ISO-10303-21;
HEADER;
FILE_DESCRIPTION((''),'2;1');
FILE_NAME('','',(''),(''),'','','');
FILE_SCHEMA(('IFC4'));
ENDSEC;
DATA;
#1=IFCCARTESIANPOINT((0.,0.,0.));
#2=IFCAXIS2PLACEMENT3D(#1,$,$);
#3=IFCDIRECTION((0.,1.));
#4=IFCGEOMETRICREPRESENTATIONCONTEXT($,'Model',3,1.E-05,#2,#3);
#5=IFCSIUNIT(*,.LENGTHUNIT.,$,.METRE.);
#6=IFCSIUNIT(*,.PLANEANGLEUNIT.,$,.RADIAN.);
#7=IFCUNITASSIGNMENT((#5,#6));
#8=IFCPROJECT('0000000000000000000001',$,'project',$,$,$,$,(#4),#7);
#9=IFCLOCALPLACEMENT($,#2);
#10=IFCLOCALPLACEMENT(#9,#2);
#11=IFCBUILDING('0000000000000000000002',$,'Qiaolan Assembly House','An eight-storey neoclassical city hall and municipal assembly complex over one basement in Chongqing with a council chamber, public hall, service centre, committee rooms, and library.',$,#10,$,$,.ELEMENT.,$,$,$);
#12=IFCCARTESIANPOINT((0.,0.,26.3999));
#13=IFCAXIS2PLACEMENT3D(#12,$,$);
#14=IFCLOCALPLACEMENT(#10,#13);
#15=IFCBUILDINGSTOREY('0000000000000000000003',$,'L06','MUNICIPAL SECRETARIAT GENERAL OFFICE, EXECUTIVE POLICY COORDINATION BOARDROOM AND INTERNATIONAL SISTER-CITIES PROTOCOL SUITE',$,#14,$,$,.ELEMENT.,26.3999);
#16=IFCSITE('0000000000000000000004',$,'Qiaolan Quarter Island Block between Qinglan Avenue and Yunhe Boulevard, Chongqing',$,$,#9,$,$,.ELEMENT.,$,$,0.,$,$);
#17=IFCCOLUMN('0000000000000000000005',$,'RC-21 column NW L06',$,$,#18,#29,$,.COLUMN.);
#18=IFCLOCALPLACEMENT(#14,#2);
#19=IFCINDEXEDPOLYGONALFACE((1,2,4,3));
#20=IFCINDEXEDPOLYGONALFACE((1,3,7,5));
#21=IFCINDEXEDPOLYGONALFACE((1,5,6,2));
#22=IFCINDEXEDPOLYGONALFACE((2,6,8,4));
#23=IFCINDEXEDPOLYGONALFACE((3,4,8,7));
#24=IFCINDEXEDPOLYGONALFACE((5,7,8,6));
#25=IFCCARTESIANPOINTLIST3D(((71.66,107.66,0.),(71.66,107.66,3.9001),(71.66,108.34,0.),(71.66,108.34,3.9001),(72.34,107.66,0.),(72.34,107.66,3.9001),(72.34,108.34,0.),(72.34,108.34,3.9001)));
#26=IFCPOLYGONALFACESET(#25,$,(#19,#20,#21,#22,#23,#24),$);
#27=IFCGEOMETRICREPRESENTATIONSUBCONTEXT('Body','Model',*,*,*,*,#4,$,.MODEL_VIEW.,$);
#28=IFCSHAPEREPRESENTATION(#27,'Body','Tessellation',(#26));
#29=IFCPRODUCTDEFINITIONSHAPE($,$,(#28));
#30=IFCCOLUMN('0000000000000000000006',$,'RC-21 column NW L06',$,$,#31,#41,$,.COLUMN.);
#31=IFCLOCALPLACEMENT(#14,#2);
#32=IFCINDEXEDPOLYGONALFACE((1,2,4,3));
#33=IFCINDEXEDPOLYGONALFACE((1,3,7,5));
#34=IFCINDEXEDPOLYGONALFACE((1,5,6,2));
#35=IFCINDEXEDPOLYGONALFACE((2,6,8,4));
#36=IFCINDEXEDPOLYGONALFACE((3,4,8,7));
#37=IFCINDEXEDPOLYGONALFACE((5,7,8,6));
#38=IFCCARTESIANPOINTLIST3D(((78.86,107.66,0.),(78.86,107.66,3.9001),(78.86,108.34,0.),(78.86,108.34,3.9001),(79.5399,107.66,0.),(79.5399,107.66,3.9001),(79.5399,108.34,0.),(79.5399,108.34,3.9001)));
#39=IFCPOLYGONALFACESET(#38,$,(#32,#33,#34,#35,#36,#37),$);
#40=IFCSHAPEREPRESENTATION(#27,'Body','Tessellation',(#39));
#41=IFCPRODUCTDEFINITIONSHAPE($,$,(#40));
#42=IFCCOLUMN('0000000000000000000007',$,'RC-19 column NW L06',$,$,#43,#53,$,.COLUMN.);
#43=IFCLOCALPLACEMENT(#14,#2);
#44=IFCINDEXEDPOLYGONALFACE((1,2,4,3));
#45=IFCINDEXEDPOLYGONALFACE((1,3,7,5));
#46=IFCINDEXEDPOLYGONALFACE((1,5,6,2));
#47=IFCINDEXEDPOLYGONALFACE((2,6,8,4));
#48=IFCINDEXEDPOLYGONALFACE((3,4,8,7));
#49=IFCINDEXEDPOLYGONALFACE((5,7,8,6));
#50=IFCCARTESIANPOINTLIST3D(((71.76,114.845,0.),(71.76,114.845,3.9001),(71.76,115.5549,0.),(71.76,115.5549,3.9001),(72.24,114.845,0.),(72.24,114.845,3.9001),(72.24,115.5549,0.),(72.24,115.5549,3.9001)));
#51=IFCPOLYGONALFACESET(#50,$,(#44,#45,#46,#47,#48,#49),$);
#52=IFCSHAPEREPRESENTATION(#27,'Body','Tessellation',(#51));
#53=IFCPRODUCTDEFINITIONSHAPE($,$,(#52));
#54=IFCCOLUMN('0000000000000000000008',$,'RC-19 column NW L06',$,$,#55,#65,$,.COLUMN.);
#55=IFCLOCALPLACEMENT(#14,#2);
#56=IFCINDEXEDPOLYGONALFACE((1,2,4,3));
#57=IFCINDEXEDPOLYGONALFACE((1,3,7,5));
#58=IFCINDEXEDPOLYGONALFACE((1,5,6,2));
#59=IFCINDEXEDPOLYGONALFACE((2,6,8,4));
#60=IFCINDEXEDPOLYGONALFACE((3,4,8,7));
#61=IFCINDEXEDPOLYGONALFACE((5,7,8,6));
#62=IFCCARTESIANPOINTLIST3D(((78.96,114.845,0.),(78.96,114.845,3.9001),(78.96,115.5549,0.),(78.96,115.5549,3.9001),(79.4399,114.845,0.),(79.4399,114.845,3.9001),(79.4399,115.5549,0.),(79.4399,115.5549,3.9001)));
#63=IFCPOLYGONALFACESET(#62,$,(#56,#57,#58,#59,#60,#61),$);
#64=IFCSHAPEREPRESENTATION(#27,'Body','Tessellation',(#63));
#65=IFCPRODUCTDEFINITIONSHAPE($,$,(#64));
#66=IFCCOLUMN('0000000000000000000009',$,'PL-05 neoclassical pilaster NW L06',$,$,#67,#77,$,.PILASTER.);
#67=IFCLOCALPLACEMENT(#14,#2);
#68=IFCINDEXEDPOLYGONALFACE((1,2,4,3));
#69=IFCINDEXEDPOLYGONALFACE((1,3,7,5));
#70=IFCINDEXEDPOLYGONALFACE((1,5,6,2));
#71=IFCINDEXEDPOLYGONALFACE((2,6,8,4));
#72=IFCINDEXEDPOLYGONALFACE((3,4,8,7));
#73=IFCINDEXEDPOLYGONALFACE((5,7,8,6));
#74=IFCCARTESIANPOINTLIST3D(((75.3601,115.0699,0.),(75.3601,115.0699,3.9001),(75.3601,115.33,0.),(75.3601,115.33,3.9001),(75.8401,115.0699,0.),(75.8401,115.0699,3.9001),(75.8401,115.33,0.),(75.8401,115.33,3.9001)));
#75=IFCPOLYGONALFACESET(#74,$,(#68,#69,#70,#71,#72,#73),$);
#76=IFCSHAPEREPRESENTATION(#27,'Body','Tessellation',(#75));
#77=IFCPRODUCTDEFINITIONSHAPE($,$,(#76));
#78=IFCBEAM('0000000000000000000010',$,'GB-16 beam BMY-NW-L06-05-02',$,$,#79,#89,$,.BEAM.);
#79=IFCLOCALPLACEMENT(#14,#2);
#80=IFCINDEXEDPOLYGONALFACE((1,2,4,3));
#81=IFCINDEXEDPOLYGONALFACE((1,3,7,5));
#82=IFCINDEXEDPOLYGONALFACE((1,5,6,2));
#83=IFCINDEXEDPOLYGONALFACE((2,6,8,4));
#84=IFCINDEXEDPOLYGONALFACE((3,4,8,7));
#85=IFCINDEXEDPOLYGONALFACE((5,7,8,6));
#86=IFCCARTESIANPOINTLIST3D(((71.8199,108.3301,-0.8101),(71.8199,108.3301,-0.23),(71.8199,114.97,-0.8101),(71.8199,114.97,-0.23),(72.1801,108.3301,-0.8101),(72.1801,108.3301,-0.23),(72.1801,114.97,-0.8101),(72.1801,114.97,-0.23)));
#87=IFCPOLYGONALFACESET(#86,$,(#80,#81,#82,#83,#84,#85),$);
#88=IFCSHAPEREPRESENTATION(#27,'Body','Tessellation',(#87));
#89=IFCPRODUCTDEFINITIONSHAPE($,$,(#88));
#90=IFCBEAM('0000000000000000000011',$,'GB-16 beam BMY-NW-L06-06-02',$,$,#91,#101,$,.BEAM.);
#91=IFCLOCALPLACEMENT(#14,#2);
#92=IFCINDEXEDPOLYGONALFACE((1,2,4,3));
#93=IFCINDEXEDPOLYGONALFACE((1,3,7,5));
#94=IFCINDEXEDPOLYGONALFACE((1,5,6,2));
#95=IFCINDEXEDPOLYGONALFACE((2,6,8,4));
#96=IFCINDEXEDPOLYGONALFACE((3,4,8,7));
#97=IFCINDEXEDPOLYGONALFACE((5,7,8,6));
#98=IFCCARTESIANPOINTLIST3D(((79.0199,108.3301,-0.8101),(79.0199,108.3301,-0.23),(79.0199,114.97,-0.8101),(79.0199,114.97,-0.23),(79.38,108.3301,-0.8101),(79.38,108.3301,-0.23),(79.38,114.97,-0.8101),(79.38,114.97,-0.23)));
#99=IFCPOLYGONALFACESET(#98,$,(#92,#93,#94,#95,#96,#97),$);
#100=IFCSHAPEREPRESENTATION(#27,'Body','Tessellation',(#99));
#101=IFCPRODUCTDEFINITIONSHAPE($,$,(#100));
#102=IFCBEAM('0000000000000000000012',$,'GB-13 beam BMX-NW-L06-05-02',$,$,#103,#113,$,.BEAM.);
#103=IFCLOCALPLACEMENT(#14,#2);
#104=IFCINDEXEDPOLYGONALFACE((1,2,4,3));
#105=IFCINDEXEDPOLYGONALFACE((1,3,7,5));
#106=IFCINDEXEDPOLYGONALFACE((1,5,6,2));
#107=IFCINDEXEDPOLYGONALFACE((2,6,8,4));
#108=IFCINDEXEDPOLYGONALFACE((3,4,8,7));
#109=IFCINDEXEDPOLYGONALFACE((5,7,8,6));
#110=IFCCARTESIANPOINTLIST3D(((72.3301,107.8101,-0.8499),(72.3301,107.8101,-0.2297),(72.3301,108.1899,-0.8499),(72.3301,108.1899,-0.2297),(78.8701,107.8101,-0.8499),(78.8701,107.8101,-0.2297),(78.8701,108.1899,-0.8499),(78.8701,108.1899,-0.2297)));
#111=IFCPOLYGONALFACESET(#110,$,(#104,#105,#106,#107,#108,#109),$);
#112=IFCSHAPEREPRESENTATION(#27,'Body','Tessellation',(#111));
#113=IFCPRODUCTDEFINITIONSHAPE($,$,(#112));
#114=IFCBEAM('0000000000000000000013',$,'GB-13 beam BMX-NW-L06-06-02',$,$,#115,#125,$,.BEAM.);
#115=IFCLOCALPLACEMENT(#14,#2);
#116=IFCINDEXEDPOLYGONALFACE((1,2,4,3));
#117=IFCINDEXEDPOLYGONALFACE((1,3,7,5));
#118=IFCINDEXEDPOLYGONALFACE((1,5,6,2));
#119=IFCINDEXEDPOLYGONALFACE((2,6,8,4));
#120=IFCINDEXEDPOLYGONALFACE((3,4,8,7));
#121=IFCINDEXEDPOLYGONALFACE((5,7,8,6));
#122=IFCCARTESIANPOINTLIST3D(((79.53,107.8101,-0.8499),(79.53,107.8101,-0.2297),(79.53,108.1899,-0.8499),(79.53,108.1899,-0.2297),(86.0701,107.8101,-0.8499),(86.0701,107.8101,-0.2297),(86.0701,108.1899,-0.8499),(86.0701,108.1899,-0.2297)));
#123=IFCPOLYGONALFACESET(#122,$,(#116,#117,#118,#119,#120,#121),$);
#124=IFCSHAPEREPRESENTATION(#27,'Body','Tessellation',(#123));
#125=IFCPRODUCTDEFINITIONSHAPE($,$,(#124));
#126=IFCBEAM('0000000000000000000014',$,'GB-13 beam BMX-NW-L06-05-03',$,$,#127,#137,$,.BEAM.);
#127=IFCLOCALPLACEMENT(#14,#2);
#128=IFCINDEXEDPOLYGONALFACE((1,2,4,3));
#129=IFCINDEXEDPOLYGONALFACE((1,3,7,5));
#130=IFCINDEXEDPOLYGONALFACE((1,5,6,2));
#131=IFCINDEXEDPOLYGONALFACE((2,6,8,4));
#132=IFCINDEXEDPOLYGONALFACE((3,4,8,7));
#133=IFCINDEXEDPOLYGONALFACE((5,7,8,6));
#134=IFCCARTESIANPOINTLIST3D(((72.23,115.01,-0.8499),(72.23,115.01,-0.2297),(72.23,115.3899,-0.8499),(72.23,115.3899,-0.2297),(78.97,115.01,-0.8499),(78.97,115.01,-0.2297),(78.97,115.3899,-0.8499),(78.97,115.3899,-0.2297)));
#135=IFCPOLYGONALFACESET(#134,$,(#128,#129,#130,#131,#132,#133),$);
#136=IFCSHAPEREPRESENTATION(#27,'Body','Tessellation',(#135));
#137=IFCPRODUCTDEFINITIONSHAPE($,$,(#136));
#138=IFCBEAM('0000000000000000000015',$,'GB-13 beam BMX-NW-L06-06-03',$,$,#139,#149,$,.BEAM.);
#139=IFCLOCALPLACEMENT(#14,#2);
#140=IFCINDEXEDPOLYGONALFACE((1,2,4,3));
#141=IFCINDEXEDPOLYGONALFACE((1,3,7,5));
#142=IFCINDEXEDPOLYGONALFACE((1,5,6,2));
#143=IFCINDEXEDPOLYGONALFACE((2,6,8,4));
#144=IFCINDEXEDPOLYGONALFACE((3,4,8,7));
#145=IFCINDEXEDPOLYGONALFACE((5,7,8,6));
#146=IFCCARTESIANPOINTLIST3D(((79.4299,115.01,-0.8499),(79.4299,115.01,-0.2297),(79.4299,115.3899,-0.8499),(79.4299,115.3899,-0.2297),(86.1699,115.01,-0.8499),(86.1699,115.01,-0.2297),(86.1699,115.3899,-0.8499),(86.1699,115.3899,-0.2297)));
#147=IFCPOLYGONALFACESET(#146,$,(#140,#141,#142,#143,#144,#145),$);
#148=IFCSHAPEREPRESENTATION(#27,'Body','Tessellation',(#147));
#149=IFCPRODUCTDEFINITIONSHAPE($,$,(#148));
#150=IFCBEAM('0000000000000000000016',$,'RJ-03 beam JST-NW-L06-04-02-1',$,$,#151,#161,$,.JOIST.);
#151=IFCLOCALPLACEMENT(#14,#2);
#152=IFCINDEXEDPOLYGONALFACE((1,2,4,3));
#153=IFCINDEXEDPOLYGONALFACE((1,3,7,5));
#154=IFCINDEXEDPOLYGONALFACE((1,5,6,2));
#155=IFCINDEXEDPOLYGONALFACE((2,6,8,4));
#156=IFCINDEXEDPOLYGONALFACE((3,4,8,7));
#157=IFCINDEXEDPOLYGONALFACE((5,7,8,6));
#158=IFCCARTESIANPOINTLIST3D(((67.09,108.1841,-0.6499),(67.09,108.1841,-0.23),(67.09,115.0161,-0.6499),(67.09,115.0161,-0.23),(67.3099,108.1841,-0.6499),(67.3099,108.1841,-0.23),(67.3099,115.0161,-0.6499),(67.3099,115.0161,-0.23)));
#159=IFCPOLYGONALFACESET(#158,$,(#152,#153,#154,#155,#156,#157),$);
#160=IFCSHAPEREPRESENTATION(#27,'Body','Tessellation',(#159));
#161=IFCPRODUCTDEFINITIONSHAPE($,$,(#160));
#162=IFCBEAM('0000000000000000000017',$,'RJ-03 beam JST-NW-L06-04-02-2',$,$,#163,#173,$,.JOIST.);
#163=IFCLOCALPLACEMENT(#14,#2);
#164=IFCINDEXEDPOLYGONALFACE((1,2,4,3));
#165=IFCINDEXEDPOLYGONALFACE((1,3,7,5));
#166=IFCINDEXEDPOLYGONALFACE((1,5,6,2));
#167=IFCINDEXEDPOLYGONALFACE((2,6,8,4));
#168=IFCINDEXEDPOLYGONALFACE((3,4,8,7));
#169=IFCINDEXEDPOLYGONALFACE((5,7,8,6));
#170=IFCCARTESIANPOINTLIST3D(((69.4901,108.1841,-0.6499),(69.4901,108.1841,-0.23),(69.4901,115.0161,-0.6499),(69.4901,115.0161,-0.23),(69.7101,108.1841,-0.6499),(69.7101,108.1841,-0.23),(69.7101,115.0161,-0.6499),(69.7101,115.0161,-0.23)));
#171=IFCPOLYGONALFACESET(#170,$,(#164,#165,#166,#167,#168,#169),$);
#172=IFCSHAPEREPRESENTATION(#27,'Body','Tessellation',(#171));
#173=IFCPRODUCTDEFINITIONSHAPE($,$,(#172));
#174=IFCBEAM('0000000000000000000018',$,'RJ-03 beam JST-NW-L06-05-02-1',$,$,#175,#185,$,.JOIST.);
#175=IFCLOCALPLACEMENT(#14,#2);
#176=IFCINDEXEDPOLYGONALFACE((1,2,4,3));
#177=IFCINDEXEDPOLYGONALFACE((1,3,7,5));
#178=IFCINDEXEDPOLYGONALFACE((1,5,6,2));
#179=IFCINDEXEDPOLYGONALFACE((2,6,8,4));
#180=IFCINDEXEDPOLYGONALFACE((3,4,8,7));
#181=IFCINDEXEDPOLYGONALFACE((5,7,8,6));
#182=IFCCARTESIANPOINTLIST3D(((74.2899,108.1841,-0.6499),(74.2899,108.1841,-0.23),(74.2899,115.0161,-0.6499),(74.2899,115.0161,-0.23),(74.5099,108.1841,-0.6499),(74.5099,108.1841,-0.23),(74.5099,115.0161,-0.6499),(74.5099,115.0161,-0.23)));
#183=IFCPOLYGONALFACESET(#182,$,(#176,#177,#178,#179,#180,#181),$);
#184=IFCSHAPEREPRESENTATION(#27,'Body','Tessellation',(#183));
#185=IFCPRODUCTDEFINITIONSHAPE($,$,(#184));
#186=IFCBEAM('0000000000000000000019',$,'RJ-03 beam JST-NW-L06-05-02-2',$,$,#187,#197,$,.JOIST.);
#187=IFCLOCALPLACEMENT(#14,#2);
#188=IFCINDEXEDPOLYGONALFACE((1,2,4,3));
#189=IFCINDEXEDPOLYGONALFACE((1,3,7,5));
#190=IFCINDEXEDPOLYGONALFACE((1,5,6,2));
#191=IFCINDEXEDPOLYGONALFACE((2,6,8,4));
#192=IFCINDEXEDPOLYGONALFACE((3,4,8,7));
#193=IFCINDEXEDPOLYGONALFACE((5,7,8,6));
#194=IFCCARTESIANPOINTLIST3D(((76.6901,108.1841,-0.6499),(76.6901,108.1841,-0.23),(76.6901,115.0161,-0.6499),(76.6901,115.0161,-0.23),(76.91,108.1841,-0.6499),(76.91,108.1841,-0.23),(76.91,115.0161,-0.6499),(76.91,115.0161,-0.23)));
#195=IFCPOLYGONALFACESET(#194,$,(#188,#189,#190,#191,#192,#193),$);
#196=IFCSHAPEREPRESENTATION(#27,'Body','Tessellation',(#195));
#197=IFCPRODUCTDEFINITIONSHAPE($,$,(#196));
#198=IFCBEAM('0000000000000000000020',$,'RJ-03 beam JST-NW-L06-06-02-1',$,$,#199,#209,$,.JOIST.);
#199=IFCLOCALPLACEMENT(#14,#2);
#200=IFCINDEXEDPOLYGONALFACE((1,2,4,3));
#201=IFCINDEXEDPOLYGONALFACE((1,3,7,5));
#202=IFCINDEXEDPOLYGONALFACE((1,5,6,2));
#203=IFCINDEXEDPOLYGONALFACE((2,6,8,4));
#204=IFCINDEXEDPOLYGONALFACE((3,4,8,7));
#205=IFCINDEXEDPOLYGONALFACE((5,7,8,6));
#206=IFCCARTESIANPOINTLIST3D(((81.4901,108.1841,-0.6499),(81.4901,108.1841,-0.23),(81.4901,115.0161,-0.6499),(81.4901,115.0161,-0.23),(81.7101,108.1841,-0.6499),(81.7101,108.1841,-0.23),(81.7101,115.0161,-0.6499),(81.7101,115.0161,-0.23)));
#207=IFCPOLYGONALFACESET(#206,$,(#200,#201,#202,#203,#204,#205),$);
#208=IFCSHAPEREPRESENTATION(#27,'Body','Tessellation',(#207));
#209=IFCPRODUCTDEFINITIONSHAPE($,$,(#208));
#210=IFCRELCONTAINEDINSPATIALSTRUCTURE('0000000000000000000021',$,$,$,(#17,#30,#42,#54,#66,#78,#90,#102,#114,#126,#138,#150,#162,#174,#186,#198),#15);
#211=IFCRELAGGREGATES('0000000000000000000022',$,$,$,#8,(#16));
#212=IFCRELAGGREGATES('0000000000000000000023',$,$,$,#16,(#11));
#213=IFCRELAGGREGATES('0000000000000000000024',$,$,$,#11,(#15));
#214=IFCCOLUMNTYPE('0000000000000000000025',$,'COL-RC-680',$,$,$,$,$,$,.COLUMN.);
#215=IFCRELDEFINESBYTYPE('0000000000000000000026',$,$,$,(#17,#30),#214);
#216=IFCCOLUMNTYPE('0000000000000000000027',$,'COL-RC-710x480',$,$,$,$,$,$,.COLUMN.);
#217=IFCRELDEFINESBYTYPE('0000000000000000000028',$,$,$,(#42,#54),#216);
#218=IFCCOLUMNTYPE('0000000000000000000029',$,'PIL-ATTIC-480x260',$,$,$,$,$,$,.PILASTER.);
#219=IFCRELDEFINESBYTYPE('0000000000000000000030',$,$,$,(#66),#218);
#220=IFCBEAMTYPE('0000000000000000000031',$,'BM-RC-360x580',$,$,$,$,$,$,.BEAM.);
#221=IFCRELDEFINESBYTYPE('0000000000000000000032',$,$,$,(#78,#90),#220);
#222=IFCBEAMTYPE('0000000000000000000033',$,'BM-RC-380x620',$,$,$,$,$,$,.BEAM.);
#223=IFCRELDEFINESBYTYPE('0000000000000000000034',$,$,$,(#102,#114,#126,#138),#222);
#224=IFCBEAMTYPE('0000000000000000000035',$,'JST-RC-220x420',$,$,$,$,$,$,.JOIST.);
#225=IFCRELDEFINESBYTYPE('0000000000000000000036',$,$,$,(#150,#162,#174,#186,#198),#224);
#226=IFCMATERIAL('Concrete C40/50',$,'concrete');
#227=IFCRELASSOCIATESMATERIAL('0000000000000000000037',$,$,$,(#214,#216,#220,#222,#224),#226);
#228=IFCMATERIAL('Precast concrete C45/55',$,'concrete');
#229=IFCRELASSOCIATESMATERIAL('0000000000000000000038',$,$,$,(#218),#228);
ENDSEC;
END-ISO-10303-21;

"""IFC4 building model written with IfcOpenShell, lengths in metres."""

from ifc_helpers import new_model, si_unit, direction, frame, origin, origin_2d, place, context, subcontext, project, spatial, rectangle, extrude, material, material_profile, profile_set, type_object, element, save


model = new_model("IFC4")

# Units and contexts
model_context = context("Model", 3, precision=1e-05, world=origin(), true_north=direction((0.0, 1.0)))
body_context = subcontext(model_context, "Body", "Model", "MODEL_VIEW")
ifc_project = project(units=[si_unit("LENGTHUNIT", "METRE"), si_unit("PLANEANGLEUNIT", "RADIAN")], contexts=[model_context])

# Site, building, storey
site_placement = place(None, origin())
site = spatial("IfcSite", under=ifc_project, at=site_placement, Name="Qiaolan Quarter Island Block between Qinglan Avenue and Yunhe Boulevard, Chongqing", CompositionType="ELEMENT", RefElevation=0.0)
building_placement = place(site_placement, origin())
building = spatial("IfcBuilding", under=site, at=building_placement, Name="Qiaolan Assembly House", Description="An eight-storey neoclassical city hall and municipal assembly complex over one basement in Chongqing with a council chamber, public hall, service centre, committee rooms, and library.", CompositionType="ELEMENT")
storey_placement = place(building_placement, frame((0.0, 0.0, 26.3999)))
storey = spatial("IfcBuildingStorey", under=building, at=storey_placement, Name="L06", Description="MUNICIPAL SECRETARIAT GENERAL OFFICE, EXECUTIVE POLICY COORDINATION BOARDROOM AND INTERNATIONAL SISTER-CITIES PROTOCOL SUITE", CompositionType="ELEMENT", Elevation=26.3999)

# Columns
ifc_material_1 = material(Name="Concrete C40/50", Category="concrete")
ifc_material_profile_1 = material_profile(ifc_material_1, rectangle(XDim=0.6799, YDim=0.6799, at=origin_2d()), Name="RC 680x680")
ifc_profile_set_1 = profile_set([ifc_material_profile_1], Name="Concrete C40/50")
column_type_1 = type_object("IfcColumnType", Name="COL-RC-680", PredefinedType="COLUMN", material=ifc_profile_set_1)
for number, where, z_axis, x_axis, name in (
    (1, (72.0, 108.0, 0.0), (0.0, 0.0, 1.0), (1.0, 0.0, 0.0), "RC-21 column NW L06"),
    (2, (79.2, 108.0, 0.0), (0.0, 0.0, 1.0), (1.0, 0.0, 0.0), "RC-21 column NW L06"),
):
    element("IfcColumn", number, at=place(storey_placement, frame(where, z_axis=z_axis, x_axis=x_axis)), inside=storey, type_object=column_type_1, Name=name, PredefinedType="COLUMN", context=body_context, shape_type="SweptSolid", body=[
        extrude(rectangle(XDim=0.6799, YDim=0.6799, at=origin_2d()), origin(), (0.0, 0.0, 1.0), 3.9001),
    ])
ifc_material_profile_2 = material_profile(ifc_material_1, rectangle(XDim=0.48, YDim=0.71, at=origin_2d()), Name="RC 710x480")
ifc_profile_set_2 = profile_set([ifc_material_profile_2], Name="Concrete C40/50")
column_type_2 = type_object("IfcColumnType", Name="COL-RC-710x480", PredefinedType="COLUMN", material=ifc_profile_set_2)
for number, where, z_axis, x_axis, name in (
    (3, (72.0, 115.2, 0.0), (0.0, 0.0, 1.0), (1.0, 0.0, 0.0), "RC-19 column NW L06"),
    (4, (79.2, 115.2, 0.0), (0.0, 0.0, 1.0), (1.0, 0.0, 0.0), "RC-19 column NW L06"),
):
    element("IfcColumn", number, at=place(storey_placement, frame(where, z_axis=z_axis, x_axis=x_axis)), inside=storey, type_object=column_type_2, Name=name, PredefinedType="COLUMN", context=body_context, shape_type="SweptSolid", body=[
        extrude(rectangle(XDim=0.48, YDim=0.71, at=origin_2d()), origin(), (0.0, 0.0, 1.0), 3.9001),
    ])
ifc_material_2 = material(Name="Precast concrete C45/55", Category="concrete")
ifc_material_profile_3 = material_profile(ifc_material_2, rectangle(XDim=0.48, YDim=0.26, at=origin_2d()), Name="PIL 480x260")
ifc_profile_set_3 = profile_set([ifc_material_profile_3], Name="Precast concrete C45/55")
column_type_3 = type_object("IfcColumnType", Name="PIL-ATTIC-480x260", PredefinedType="PILASTER", material=ifc_profile_set_3)
column_placement = place(storey_placement, frame((75.6001, 115.2, 0.0), z_axis=(0.0, 0.0, 1.0), x_axis=(1.0, 0.0, 0.0)))
element("IfcColumn", 5, at=column_placement, inside=storey, type_object=column_type_3, Name="PL-05 neoclassical pilaster NW L06", PredefinedType="PILASTER", context=body_context, shape_type="SweptSolid", body=[
    extrude(rectangle(XDim=0.48, YDim=0.26, at=origin_2d()), origin(), (0.0, 0.0, 1.0), 3.9001),
])

# Beams
ifc_material_profile_4 = material_profile(ifc_material_1, rectangle(XDim=0.3601, YDim=0.5801, at=origin_2d()), Name="RCB 360x580")
ifc_profile_set_4 = profile_set([ifc_material_profile_4], Name="Concrete C40/50")
beam_type_1 = type_object("IfcBeamType", Name="BM-RC-360x580", PredefinedType="BEAM", material=ifc_profile_set_4)
for number, where, z_axis, x_axis, name in (
    (6, (72.0, 108.3301, -0.52), (0.0, 1.0, 0.0), (-1.0, 0.0, 0.0), "GB-16 beam BMY-NW-L06-05-02"),
    (7, (79.2, 108.3301, -0.52), (0.0, 1.0, 0.0), (-1.0, 0.0, 0.0), "GB-16 beam BMY-NW-L06-06-02"),
):
    element("IfcBeam", number, at=place(storey_placement, frame(where, z_axis=z_axis, x_axis=x_axis)), inside=storey, type_object=beam_type_1, Name=name, PredefinedType="BEAM", context=body_context, shape_type="SweptSolid", body=[
        extrude(rectangle(XDim=0.3601, YDim=0.5801, at=origin_2d()), origin(), (0.0, 0.0, 1.0), 6.6399),
    ])
ifc_material_profile_5 = material_profile(ifc_material_1, rectangle(XDim=0.3799, YDim=0.6201, at=origin_2d()), Name="RCB 380x620")
ifc_profile_set_5 = profile_set([ifc_material_profile_5], Name="Concrete C40/50")
beam_type_2 = type_object("IfcBeamType", Name="BM-RC-380x620", PredefinedType="BEAM", material=ifc_profile_set_5)
for number, where, z_axis, x_axis, name in (
    (8, (72.3301, 108.0, -0.5398), (1.0, 0.0, 0.0), (0.0, 1.0, 0.0), "GB-13 beam BMX-NW-L06-05-02"),
    (9, (79.53, 108.0, -0.5398), (1.0, 0.0, 0.0), (0.0, 1.0, 0.0), "GB-13 beam BMX-NW-L06-06-02"),
):
    element("IfcBeam", number, at=place(storey_placement, frame(where, z_axis=z_axis, x_axis=x_axis)), inside=storey, type_object=beam_type_2, Name=name, PredefinedType="BEAM", context=body_context, shape_type="SweptSolid", body=[
        extrude(rectangle(XDim=0.3799, YDim=0.6201, at=origin_2d()), origin(), (0.0, 0.0, 1.0), 6.54),
    ])
for number, where, z_axis, x_axis, name in (
    (10, (72.23, 115.2, -0.5398), (1.0, 0.0, 0.0), (0.0, 1.0, 0.0), "GB-13 beam BMX-NW-L06-05-03"),
    (11, (79.4299, 115.2, -0.5398), (1.0, 0.0, 0.0), (0.0, 1.0, 0.0), "GB-13 beam BMX-NW-L06-06-03"),
):
    element("IfcBeam", number, at=place(storey_placement, frame(where, z_axis=z_axis, x_axis=x_axis)), inside=storey, type_object=beam_type_2, Name=name, PredefinedType="BEAM", context=body_context, shape_type="SweptSolid", body=[
        extrude(rectangle(XDim=0.3799, YDim=0.6201, at=origin_2d()), origin(), (0.0, 0.0, 1.0), 6.74),
    ])
ifc_material_profile_6 = material_profile(ifc_material_1, rectangle(XDim=0.22, YDim=0.4199, at=origin_2d()), Name="RCB 220x420")
ifc_profile_set_6 = profile_set([ifc_material_profile_6], Name="Concrete C40/50")
beam_type_3 = type_object("IfcBeamType", Name="JST-RC-220x420", PredefinedType="JOIST", material=ifc_profile_set_6)
for number, where, z_axis, x_axis, name in (
    (12, (67.2, 108.1841, -0.4399), (0.0, 1.0, 0.0), (-1.0, 0.0, 0.0), "RJ-03 beam JST-NW-L06-04-02-1"),
    (13, (69.6001, 108.1841, -0.4399), (0.0, 1.0, 0.0), (-1.0, 0.0, 0.0), "RJ-03 beam JST-NW-L06-04-02-2"),
    (14, (74.3999, 108.1841, -0.4399), (0.0, 1.0, 0.0), (-1.0, 0.0, 0.0), "RJ-03 beam JST-NW-L06-05-02-1"),
    (15, (76.8, 108.1841, -0.4399), (0.0, 1.0, 0.0), (-1.0, 0.0, 0.0), "RJ-03 beam JST-NW-L06-05-02-2"),
    (16, (81.6001, 108.1841, -0.4399), (0.0, 1.0, 0.0), (-1.0, 0.0, 0.0), "RJ-03 beam JST-NW-L06-06-02-1"),
):
    element("IfcBeam", number, at=place(storey_placement, frame(where, z_axis=z_axis, x_axis=x_axis)), inside=storey, type_object=beam_type_3, Name=name, PredefinedType="JOIST", context=body_context, shape_type="SweptSolid", body=[
        extrude(rectangle(XDim=0.22, YDim=0.4199, at=origin_2d()), origin(), (0.0, 0.0, 1.0), 6.832),
    ])

save(model, "model.ifc")
